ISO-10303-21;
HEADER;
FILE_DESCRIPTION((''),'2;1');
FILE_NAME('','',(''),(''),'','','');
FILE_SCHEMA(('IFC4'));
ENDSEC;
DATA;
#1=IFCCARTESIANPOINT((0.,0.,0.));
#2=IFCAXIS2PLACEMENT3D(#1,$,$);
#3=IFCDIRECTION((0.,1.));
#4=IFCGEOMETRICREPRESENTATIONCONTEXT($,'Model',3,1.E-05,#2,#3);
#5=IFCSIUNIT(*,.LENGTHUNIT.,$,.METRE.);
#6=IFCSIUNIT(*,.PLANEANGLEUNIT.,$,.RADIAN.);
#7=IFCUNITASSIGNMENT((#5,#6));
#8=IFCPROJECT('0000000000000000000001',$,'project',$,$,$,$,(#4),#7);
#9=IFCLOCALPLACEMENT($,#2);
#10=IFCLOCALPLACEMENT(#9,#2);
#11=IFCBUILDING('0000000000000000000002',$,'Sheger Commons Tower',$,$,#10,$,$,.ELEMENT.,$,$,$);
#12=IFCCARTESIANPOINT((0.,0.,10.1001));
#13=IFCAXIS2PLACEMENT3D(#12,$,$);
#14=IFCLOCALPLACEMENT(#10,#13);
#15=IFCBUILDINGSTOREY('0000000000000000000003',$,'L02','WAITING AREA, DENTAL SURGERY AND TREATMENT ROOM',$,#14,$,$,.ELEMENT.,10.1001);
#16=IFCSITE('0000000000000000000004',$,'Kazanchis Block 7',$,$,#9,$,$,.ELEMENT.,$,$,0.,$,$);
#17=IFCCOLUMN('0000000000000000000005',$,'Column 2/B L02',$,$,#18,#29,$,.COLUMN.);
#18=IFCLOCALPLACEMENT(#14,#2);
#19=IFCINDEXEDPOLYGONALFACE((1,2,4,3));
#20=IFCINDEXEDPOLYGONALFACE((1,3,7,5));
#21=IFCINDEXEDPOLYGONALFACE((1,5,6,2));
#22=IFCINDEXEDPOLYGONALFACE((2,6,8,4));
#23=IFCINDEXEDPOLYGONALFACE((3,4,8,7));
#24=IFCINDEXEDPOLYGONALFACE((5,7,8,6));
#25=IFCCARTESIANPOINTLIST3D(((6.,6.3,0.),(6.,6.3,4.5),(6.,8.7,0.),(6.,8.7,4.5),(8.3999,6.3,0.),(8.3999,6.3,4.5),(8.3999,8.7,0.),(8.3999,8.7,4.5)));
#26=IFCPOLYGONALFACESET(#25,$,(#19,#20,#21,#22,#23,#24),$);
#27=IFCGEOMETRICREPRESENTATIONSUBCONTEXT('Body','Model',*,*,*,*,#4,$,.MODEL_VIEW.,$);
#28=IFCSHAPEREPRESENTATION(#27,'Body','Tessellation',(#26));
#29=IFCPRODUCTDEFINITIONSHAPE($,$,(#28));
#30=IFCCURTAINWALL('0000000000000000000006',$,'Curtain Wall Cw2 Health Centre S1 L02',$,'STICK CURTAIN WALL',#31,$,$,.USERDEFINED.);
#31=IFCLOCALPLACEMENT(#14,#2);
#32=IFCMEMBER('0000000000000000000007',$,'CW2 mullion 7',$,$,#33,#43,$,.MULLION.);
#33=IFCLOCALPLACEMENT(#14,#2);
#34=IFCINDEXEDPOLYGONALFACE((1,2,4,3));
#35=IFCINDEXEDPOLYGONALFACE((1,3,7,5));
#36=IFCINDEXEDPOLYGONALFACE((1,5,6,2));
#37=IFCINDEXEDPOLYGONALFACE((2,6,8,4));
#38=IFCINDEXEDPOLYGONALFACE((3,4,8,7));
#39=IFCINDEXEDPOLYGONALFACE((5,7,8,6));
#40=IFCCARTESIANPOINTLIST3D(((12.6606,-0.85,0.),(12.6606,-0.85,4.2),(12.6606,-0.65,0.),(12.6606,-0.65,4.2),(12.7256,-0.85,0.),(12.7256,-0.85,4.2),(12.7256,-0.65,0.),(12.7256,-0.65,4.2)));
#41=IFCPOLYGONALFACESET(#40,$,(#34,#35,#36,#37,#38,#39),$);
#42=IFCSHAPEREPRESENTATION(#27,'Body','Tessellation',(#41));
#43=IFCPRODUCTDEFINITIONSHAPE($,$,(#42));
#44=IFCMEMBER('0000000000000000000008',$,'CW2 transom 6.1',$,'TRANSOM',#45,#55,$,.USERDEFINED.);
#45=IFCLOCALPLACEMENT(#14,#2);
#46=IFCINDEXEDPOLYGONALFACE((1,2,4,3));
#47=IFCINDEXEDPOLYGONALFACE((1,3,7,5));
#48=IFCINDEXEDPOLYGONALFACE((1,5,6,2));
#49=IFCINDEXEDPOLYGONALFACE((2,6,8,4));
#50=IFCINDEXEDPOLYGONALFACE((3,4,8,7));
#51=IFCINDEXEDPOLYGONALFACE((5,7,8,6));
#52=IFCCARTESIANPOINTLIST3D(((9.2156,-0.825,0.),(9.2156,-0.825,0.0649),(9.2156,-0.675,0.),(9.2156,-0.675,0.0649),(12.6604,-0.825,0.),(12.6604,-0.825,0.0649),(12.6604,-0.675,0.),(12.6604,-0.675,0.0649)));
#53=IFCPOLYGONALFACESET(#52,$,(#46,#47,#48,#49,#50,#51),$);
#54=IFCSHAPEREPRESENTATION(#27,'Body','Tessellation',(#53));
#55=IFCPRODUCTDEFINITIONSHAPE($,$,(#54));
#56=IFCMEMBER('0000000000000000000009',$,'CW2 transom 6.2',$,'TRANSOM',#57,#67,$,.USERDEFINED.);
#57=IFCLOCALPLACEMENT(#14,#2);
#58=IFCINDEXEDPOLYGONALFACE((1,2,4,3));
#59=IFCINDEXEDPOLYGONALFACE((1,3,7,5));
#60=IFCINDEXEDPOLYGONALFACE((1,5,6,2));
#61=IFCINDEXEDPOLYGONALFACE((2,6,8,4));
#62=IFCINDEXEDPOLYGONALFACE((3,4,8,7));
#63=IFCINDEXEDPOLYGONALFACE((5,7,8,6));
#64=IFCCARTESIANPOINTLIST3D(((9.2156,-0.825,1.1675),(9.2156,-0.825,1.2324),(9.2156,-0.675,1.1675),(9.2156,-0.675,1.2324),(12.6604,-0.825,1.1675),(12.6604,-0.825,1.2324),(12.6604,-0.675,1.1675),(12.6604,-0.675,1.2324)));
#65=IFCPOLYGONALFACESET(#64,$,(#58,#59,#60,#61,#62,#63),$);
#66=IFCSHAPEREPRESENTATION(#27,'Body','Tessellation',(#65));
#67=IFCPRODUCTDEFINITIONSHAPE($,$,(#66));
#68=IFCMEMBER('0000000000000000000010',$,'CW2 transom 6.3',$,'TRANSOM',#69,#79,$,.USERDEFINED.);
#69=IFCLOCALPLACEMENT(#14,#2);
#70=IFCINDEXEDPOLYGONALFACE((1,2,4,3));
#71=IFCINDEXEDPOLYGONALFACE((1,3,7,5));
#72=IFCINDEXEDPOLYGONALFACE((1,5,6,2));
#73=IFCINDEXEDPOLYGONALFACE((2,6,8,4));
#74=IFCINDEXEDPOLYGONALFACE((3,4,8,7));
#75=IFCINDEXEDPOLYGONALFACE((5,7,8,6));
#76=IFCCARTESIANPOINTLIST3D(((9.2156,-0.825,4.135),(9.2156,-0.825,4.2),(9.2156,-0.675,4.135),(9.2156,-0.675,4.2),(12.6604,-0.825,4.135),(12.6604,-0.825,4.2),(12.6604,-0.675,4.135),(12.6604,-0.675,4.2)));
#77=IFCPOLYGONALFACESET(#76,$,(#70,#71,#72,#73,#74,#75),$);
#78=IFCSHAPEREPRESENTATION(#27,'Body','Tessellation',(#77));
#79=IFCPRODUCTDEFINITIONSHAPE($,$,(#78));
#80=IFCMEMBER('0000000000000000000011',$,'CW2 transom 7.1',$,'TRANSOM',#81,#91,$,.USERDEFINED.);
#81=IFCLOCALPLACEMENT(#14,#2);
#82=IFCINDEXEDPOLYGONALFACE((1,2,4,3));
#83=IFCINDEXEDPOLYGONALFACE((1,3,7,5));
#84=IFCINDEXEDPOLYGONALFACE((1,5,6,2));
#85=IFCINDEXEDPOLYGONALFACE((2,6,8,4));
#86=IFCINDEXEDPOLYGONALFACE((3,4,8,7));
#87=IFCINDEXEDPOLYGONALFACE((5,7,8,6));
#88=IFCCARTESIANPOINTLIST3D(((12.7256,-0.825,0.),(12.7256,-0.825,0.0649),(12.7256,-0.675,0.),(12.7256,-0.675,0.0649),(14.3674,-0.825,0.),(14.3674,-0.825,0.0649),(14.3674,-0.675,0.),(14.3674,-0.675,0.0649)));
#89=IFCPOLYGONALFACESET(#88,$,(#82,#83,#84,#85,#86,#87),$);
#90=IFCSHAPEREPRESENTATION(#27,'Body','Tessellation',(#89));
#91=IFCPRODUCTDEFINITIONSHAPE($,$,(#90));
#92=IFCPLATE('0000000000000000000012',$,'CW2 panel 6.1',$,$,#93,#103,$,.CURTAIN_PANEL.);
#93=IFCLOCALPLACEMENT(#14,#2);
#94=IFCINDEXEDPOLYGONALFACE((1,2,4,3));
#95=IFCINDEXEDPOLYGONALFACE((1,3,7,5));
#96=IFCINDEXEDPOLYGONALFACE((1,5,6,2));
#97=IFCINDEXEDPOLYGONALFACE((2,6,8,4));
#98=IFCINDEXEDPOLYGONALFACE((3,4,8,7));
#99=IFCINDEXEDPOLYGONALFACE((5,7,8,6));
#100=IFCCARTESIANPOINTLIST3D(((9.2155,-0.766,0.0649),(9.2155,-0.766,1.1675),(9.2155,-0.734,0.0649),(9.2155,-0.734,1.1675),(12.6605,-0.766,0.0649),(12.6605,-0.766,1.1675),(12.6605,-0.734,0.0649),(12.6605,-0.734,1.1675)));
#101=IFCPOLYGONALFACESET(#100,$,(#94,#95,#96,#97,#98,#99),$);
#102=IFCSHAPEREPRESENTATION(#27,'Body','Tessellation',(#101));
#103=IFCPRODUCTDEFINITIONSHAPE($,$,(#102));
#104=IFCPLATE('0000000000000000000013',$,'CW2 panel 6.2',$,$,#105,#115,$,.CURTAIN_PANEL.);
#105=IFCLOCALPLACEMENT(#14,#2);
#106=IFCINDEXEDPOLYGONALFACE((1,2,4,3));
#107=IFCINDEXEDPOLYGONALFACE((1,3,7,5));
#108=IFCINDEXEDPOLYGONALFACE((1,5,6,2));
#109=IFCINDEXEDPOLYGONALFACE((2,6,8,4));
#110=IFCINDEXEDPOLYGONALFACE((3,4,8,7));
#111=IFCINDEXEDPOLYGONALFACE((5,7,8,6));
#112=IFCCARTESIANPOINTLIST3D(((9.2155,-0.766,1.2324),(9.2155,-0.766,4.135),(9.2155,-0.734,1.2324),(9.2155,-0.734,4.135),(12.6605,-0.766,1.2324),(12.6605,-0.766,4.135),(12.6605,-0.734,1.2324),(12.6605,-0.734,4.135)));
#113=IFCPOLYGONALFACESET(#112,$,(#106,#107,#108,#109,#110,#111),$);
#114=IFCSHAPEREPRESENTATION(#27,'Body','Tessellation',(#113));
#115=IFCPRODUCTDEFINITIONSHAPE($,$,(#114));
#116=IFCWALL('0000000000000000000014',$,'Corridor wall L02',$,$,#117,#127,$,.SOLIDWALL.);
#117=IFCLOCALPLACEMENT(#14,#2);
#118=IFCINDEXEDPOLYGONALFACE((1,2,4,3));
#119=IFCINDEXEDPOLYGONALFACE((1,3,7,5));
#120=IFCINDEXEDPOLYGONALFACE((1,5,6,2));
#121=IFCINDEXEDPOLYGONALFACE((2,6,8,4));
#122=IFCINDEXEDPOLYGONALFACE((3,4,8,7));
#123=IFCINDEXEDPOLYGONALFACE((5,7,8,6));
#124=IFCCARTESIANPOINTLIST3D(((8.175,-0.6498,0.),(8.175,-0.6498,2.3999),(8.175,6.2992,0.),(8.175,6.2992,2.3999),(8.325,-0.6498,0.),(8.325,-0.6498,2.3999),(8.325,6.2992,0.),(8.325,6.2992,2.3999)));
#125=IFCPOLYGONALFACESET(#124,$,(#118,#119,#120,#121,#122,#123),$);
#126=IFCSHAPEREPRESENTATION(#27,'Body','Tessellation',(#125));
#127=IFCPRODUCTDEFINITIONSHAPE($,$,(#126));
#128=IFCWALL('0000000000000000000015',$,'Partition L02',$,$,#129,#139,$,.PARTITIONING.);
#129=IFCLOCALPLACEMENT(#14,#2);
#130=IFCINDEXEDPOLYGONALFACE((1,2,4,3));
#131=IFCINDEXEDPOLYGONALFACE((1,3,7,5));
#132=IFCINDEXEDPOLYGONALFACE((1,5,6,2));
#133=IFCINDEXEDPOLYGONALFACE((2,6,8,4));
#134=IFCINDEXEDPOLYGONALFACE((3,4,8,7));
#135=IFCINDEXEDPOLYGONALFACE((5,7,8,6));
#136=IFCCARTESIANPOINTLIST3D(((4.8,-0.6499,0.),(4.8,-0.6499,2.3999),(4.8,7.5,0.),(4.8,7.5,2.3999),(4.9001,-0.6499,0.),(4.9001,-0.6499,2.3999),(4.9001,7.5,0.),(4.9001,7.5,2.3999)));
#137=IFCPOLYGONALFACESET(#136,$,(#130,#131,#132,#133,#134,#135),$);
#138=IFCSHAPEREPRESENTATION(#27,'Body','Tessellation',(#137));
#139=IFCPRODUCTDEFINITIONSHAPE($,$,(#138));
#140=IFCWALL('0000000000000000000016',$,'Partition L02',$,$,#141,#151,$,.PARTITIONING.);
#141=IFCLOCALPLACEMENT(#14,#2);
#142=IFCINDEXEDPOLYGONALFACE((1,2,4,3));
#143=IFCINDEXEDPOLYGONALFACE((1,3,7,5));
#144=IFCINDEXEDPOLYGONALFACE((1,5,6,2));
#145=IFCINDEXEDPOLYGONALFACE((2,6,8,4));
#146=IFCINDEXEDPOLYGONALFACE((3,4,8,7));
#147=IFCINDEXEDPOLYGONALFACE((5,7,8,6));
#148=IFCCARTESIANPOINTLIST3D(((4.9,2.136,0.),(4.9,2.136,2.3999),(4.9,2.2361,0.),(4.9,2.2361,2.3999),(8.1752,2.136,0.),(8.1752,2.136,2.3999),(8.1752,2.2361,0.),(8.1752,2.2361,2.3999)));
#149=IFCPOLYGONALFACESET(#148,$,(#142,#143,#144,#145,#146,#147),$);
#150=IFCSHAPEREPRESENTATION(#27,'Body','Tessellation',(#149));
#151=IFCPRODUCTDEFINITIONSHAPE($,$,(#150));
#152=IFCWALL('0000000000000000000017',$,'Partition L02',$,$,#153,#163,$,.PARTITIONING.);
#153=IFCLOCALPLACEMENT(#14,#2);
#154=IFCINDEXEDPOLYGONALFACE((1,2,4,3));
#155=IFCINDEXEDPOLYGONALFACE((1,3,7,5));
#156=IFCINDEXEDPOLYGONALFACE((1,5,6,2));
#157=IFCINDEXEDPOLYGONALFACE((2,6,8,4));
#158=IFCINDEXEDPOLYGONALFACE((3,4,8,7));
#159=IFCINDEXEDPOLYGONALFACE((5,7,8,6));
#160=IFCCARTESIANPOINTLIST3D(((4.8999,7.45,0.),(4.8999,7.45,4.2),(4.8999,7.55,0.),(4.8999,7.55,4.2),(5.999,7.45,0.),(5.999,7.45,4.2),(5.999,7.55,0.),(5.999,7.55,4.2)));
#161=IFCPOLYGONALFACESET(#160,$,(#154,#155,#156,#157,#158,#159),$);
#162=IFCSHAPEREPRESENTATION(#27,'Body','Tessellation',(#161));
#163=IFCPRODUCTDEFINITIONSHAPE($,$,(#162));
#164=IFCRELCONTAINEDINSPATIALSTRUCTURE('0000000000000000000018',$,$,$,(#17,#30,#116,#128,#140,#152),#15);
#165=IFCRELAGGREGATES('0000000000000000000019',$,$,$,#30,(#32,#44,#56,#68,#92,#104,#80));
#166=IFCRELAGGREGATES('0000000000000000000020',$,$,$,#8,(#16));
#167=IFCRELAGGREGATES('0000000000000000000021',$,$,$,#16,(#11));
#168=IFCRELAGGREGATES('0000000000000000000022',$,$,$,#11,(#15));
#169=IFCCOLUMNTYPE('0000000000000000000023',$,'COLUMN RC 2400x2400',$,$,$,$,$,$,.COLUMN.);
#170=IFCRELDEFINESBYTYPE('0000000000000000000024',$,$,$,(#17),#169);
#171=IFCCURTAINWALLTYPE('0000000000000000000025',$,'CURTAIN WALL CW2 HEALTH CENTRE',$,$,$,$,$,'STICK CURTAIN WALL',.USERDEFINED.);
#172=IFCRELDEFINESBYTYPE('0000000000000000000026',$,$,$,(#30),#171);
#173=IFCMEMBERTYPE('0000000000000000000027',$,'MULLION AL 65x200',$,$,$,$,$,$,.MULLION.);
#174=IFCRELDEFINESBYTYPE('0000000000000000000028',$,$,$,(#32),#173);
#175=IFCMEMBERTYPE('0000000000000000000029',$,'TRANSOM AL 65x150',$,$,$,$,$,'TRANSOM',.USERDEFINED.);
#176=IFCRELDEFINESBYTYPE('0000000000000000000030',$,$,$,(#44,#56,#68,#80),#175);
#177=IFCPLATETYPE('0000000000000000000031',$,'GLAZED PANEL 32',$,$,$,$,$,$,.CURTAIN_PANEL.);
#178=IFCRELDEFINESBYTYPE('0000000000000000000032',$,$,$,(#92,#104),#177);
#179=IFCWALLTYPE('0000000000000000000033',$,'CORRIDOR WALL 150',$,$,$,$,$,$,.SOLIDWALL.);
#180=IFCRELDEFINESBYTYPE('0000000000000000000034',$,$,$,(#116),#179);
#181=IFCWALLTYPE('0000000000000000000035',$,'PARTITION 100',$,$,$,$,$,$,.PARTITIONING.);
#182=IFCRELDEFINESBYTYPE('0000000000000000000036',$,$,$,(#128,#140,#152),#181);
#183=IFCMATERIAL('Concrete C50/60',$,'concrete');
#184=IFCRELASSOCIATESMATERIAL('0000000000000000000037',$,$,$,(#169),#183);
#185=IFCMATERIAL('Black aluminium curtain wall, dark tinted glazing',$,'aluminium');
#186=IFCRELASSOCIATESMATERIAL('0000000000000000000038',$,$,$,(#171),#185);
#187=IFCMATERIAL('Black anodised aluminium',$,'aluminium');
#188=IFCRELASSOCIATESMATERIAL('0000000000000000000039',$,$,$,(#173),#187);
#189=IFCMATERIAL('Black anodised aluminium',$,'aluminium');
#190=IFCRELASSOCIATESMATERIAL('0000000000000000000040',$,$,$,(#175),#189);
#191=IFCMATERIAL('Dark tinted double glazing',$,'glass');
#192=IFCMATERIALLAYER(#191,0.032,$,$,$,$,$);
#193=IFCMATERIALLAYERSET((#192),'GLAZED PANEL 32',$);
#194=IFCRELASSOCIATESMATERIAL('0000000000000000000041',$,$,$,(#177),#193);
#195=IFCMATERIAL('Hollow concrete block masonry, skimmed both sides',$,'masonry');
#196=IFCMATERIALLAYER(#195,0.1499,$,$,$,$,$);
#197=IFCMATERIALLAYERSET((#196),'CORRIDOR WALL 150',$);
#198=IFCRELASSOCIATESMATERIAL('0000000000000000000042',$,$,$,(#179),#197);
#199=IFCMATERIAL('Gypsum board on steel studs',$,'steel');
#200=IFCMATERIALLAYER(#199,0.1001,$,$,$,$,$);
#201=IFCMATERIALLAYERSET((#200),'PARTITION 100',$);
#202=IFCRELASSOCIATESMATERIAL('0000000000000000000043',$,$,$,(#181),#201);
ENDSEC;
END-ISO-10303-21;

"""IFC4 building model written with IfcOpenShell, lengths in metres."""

from ifc_helpers import new_model, si_unit, direction, frame, frame_2d, origin, origin_2d, place, context, subcontext, project, spatial, rectangle, extrude, material, layer, layer_set, material_profile, profile_set, type_object, element, aggregate, save


model = new_model("IFC4")

# Units and contexts
model_context = context("Model", 3, precision=1e-05, world=origin(), true_north=direction((0.0, 1.0)))
body_context = subcontext(model_context, "Body", "Model", "MODEL_VIEW")
ifc_project = project(units=[si_unit("LENGTHUNIT", "METRE"), si_unit("PLANEANGLEUNIT", "RADIAN")], contexts=[model_context])

# Site, building, storey
site_placement = place(None, origin())
site = spatial("IfcSite", under=ifc_project, at=site_placement, Name="Kazanchis Block 7", CompositionType="ELEMENT", RefElevation=0.0)
building_placement = place(site_placement, origin())
building = spatial("IfcBuilding", under=site, at=building_placement, Name="Sheger Commons Tower", CompositionType="ELEMENT")
storey_placement = place(building_placement, frame((0.0, 0.0, 10.1001)))
storey = spatial("IfcBuildingStorey", under=building, at=storey_placement, Name="L02", Description="WAITING AREA, DENTAL SURGERY AND TREATMENT ROOM", CompositionType="ELEMENT", Elevation=10.1001)

# Column
ifc_material_1 = material(Name="Concrete C50/60", Category="concrete")
ifc_material_profile_1 = material_profile(ifc_material_1, rectangle(XDim=2.3999, YDim=2.3999, at=origin_2d()), Name="RC 2400x2400")
ifc_profile_set_1 = profile_set([ifc_material_profile_1], Name="Concrete C50/60")
column_type = type_object("IfcColumnType", Name="COLUMN RC 2400x2400", PredefinedType="COLUMN", material=ifc_profile_set_1)
column_placement = place(storey_placement, frame((7.2, 7.5, 0.0), z_axis=(0.0, 0.0, 1.0), x_axis=(1.0, 0.0, 0.0)))
element("IfcColumn", 1, at=column_placement, inside=storey, type_object=column_type, Name="Column 2/B L02", PredefinedType="COLUMN", context=body_context, shape_type="SweptSolid", body=[
    extrude(rectangle(XDim=2.3999, YDim=2.3999, at=origin_2d()), origin(), (0.0, 0.0, 1.0), 4.5),
])

# Curtain wall, members, plates
ifc_material_2 = material(Name="Black aluminium curtain wall, dark tinted glazing", Category="aluminium")
curtain_wall_type = type_object("IfcCurtainWallType", Name="CURTAIN WALL CW2 HEALTH CENTRE", ElementType="STICK CURTAIN WALL", PredefinedType="USERDEFINED", material=ifc_material_2)
curtain_wall_placement = place(storey_placement, origin())
curtain_wall = element("IfcCurtainWall", 2, at=curtain_wall_placement, inside=storey, type_object=curtain_wall_type, Name="Curtain Wall Cw2 Health Centre S1 L02", ObjectType="STICK CURTAIN WALL", PredefinedType="USERDEFINED")
ifc_material_3 = material(Name="Black anodised aluminium", Category="aluminium")
ifc_material_profile_2 = material_profile(ifc_material_3, rectangle(XDim=0.2, YDim=0.0649, at=origin_2d()), Name="AL 65x200")
ifc_profile_set_2 = profile_set([ifc_material_profile_2], Name="Black anodised aluminium")
member_type_1 = type_object("IfcMemberType", Name="MULLION AL 65x200", PredefinedType="MULLION", material=ifc_profile_set_2)
member_1_placement = place(storey_placement, frame((12.6931, -0.75, 0.0), z_axis=(0.0, 0.0, 1.0), x_axis=(0.0, 1.0, 0.0)))
member_1 = element("IfcMember", 3, at=member_1_placement, type_object=member_type_1, Name="CW2 mullion 7", PredefinedType="MULLION", context=body_context, shape_type="SweptSolid", body=[
    extrude(rectangle(XDim=0.2, YDim=0.0649, at=origin_2d()), origin(), (0.0, 0.0, 1.0), 4.2),
])
ifc_material_4 = material(Name="Black anodised aluminium", Category="aluminium")
ifc_material_profile_3 = material_profile(ifc_material_4, rectangle(XDim=0.1499, YDim=0.0649, at=origin_2d()), Name="AL 65x150")
ifc_profile_set_3 = profile_set([ifc_material_profile_3], Name="Black anodised aluminium")
member_type_2 = type_object("IfcMemberType", Name="TRANSOM AL 65x150", ElementType="TRANSOM", PredefinedType="USERDEFINED", material=ifc_profile_set_3)
member_2_placement = place(storey_placement, frame((9.2156, -0.75, 0.0325), z_axis=(1.0, 0.0, 0.0), x_axis=(0.0, 1.0, 0.0)))
member_2 = element("IfcMember", 4, at=member_2_placement, type_object=member_type_2, Name="CW2 transom 6.1", ObjectType="TRANSOM", PredefinedType="USERDEFINED", context=body_context, shape_type="SweptSolid", body=[
    extrude(rectangle(XDim=0.1499, YDim=0.0649, at=origin_2d()), origin(), (0.0, 0.0, 1.0), 3.4448),
])
member_3_placement = place(storey_placement, frame((9.2156, -0.75, 1.2), z_axis=(1.0, 0.0, 0.0), x_axis=(0.0, 1.0, 0.0)))
member_3 = element("IfcMember", 5, at=member_3_placement, type_object=member_type_2, Name="CW2 transom 6.2", ObjectType="TRANSOM", PredefinedType="USERDEFINED", context=body_context, shape_type="SweptSolid", body=[
    extrude(rectangle(XDim=0.1499, YDim=0.0649, at=origin_2d()), origin(), (0.0, 0.0, 1.0), 3.4448),
])
member_4_placement = place(storey_placement, frame((9.2156, -0.75, 4.1675), z_axis=(1.0, 0.0, 0.0), x_axis=(0.0, 1.0, 0.0)))
member_4 = element("IfcMember", 6, at=member_4_placement, type_object=member_type_2, Name="CW2 transom 6.3", ObjectType="TRANSOM", PredefinedType="USERDEFINED", context=body_context, shape_type="SweptSolid", body=[
    extrude(rectangle(XDim=0.1499, YDim=0.0649, at=origin_2d()), origin(), (0.0, 0.0, 1.0), 3.4448),
])
member_5_placement = place(storey_placement, frame((12.7256, -0.75, 0.0325), z_axis=(1.0, 0.0, 0.0), x_axis=(0.0, 1.0, 0.0)))
member_5 = element("IfcMember", 7, at=member_5_placement, type_object=member_type_2, Name="CW2 transom 7.1", ObjectType="TRANSOM", PredefinedType="USERDEFINED", context=body_context, shape_type="SweptSolid", body=[
    extrude(rectangle(XDim=0.1499, YDim=0.0649, at=origin_2d()), origin(), (0.0, 0.0, 1.0), 1.6418),
])
ifc_material_5 = material(Name="Dark tinted double glazing", Category="glass")
ifc_layer_1 = layer(ifc_material_5, 0.032)
ifc_layer_set_1 = layer_set([ifc_layer_1], Name="GLAZED PANEL 32")
plate_type = type_object("IfcPlateType", Name="GLAZED PANEL 32", PredefinedType="CURTAIN_PANEL", material=ifc_layer_set_1)
plate_1_placement = place(storey_placement, frame((10.938, -0.75, 0.0649), z_axis=(0.0, 0.0, 1.0), x_axis=(1.0, 0.0, 0.0)))
plate_1 = element("IfcPlate", 8, at=plate_1_placement, type_object=plate_type, Name="CW2 panel 6.1", PredefinedType="CURTAIN_PANEL", context=body_context, shape_type="SweptSolid", body=[
    extrude(rectangle(XDim=3.4451, YDim=0.032, at=origin_2d()), origin(), (0.0, 0.0, 1.0), 1.1025),
])
plate_2_placement = place(storey_placement, frame((10.938, -0.75, 1.2324), z_axis=(0.0, 0.0, 1.0), x_axis=(1.0, 0.0, 0.0)))
plate_2 = element("IfcPlate", 9, at=plate_2_placement, type_object=plate_type, Name="CW2 panel 6.2", PredefinedType="CURTAIN_PANEL", context=body_context, shape_type="SweptSolid", body=[
    extrude(rectangle(XDim=3.4451, YDim=0.032, at=origin_2d()), origin(), (0.0, 0.0, 1.0), 2.9026),
])
aggregate(curtain_wall, [member_1, member_2, member_3, member_4, plate_1, plate_2, member_5])

# Walls
ifc_material_6 = material(Name="Hollow concrete block masonry, skimmed both sides", Category="masonry")
ifc_layer_2 = layer(ifc_material_6, 0.1499)
ifc_layer_set_2 = layer_set([ifc_layer_2], Name="CORRIDOR WALL 150")
wall_type_1 = type_object("IfcWallType", Name="CORRIDOR WALL 150", PredefinedType="SOLIDWALL", material=ifc_layer_set_2)
wall_1_placement = place(storey_placement, frame((8.25, -0.6499, 0.0), z_axis=(0.0, 0.0, 1.0), x_axis=(0.0, 1.0, 0.0)))
element("IfcWall", 10, at=wall_1_placement, inside=storey, type_object=wall_type_1, Name="Corridor wall L02", PredefinedType="SOLIDWALL", context=body_context, shape_type="SweptSolid", body=[
    extrude(rectangle(XDim=6.949, YDim=0.1499, at=frame_2d((3.4746, 0.0))), origin(), (0.0, 0.0, 1.0), 2.3999),
])
ifc_material_7 = material(Name="Gypsum board on steel studs", Category="steel")
ifc_layer_3 = layer(ifc_material_7, 0.1001)
ifc_layer_set_3 = layer_set([ifc_layer_3], Name="PARTITION 100")
wall_type_2 = type_object("IfcWallType", Name="PARTITION 100", PredefinedType="PARTITIONING", material=ifc_layer_set_3)
wall_2_placement = place(storey_placement, frame((4.8501, -0.6499, 0.0), z_axis=(0.0, 0.0, 1.0), x_axis=(0.0, 1.0, 0.0)))
element("IfcWall", 11, at=wall_2_placement, inside=storey, type_object=wall_type_2, Name="Partition L02", PredefinedType="PARTITIONING", context=body_context, shape_type="SweptSolid", body=[
    extrude(rectangle(XDim=8.1499, YDim=0.1001, at=frame_2d((4.075, 0.0))), origin(), (0.0, 0.0, 1.0), 2.3999),
])
wall_3_placement = place(storey_placement, frame((4.8999, 2.186, 0.0), z_axis=(0.0, 0.0, 1.0), x_axis=(1.0, 0.0, 0.0)))
element("IfcWall", 12, at=wall_3_placement, inside=storey, type_object=wall_type_2, Name="Partition L02", PredefinedType="PARTITIONING", context=body_context, shape_type="SweptSolid", body=[
    extrude(rectangle(XDim=3.2751, YDim=0.1001, at=frame_2d((1.6377, 0.0))), origin(), (0.0, 0.0, 1.0), 2.3999),
])
wall_4_placement = place(storey_placement, frame((4.8999, 7.5, 0.0), z_axis=(0.0, 0.0, 1.0), x_axis=(1.0, 0.0, 0.0)))
element("IfcWall", 13, at=wall_4_placement, inside=storey, type_object=wall_type_2, Name="Partition L02", PredefinedType="PARTITIONING", context=body_context, shape_type="SweptSolid", body=[
    extrude(rectangle(XDim=1.0991, YDim=0.1001, at=frame_2d((0.5496, 0.0))), origin(), (0.0, 0.0, 1.0), 4.2),
])

save(model, "model.ifc")
